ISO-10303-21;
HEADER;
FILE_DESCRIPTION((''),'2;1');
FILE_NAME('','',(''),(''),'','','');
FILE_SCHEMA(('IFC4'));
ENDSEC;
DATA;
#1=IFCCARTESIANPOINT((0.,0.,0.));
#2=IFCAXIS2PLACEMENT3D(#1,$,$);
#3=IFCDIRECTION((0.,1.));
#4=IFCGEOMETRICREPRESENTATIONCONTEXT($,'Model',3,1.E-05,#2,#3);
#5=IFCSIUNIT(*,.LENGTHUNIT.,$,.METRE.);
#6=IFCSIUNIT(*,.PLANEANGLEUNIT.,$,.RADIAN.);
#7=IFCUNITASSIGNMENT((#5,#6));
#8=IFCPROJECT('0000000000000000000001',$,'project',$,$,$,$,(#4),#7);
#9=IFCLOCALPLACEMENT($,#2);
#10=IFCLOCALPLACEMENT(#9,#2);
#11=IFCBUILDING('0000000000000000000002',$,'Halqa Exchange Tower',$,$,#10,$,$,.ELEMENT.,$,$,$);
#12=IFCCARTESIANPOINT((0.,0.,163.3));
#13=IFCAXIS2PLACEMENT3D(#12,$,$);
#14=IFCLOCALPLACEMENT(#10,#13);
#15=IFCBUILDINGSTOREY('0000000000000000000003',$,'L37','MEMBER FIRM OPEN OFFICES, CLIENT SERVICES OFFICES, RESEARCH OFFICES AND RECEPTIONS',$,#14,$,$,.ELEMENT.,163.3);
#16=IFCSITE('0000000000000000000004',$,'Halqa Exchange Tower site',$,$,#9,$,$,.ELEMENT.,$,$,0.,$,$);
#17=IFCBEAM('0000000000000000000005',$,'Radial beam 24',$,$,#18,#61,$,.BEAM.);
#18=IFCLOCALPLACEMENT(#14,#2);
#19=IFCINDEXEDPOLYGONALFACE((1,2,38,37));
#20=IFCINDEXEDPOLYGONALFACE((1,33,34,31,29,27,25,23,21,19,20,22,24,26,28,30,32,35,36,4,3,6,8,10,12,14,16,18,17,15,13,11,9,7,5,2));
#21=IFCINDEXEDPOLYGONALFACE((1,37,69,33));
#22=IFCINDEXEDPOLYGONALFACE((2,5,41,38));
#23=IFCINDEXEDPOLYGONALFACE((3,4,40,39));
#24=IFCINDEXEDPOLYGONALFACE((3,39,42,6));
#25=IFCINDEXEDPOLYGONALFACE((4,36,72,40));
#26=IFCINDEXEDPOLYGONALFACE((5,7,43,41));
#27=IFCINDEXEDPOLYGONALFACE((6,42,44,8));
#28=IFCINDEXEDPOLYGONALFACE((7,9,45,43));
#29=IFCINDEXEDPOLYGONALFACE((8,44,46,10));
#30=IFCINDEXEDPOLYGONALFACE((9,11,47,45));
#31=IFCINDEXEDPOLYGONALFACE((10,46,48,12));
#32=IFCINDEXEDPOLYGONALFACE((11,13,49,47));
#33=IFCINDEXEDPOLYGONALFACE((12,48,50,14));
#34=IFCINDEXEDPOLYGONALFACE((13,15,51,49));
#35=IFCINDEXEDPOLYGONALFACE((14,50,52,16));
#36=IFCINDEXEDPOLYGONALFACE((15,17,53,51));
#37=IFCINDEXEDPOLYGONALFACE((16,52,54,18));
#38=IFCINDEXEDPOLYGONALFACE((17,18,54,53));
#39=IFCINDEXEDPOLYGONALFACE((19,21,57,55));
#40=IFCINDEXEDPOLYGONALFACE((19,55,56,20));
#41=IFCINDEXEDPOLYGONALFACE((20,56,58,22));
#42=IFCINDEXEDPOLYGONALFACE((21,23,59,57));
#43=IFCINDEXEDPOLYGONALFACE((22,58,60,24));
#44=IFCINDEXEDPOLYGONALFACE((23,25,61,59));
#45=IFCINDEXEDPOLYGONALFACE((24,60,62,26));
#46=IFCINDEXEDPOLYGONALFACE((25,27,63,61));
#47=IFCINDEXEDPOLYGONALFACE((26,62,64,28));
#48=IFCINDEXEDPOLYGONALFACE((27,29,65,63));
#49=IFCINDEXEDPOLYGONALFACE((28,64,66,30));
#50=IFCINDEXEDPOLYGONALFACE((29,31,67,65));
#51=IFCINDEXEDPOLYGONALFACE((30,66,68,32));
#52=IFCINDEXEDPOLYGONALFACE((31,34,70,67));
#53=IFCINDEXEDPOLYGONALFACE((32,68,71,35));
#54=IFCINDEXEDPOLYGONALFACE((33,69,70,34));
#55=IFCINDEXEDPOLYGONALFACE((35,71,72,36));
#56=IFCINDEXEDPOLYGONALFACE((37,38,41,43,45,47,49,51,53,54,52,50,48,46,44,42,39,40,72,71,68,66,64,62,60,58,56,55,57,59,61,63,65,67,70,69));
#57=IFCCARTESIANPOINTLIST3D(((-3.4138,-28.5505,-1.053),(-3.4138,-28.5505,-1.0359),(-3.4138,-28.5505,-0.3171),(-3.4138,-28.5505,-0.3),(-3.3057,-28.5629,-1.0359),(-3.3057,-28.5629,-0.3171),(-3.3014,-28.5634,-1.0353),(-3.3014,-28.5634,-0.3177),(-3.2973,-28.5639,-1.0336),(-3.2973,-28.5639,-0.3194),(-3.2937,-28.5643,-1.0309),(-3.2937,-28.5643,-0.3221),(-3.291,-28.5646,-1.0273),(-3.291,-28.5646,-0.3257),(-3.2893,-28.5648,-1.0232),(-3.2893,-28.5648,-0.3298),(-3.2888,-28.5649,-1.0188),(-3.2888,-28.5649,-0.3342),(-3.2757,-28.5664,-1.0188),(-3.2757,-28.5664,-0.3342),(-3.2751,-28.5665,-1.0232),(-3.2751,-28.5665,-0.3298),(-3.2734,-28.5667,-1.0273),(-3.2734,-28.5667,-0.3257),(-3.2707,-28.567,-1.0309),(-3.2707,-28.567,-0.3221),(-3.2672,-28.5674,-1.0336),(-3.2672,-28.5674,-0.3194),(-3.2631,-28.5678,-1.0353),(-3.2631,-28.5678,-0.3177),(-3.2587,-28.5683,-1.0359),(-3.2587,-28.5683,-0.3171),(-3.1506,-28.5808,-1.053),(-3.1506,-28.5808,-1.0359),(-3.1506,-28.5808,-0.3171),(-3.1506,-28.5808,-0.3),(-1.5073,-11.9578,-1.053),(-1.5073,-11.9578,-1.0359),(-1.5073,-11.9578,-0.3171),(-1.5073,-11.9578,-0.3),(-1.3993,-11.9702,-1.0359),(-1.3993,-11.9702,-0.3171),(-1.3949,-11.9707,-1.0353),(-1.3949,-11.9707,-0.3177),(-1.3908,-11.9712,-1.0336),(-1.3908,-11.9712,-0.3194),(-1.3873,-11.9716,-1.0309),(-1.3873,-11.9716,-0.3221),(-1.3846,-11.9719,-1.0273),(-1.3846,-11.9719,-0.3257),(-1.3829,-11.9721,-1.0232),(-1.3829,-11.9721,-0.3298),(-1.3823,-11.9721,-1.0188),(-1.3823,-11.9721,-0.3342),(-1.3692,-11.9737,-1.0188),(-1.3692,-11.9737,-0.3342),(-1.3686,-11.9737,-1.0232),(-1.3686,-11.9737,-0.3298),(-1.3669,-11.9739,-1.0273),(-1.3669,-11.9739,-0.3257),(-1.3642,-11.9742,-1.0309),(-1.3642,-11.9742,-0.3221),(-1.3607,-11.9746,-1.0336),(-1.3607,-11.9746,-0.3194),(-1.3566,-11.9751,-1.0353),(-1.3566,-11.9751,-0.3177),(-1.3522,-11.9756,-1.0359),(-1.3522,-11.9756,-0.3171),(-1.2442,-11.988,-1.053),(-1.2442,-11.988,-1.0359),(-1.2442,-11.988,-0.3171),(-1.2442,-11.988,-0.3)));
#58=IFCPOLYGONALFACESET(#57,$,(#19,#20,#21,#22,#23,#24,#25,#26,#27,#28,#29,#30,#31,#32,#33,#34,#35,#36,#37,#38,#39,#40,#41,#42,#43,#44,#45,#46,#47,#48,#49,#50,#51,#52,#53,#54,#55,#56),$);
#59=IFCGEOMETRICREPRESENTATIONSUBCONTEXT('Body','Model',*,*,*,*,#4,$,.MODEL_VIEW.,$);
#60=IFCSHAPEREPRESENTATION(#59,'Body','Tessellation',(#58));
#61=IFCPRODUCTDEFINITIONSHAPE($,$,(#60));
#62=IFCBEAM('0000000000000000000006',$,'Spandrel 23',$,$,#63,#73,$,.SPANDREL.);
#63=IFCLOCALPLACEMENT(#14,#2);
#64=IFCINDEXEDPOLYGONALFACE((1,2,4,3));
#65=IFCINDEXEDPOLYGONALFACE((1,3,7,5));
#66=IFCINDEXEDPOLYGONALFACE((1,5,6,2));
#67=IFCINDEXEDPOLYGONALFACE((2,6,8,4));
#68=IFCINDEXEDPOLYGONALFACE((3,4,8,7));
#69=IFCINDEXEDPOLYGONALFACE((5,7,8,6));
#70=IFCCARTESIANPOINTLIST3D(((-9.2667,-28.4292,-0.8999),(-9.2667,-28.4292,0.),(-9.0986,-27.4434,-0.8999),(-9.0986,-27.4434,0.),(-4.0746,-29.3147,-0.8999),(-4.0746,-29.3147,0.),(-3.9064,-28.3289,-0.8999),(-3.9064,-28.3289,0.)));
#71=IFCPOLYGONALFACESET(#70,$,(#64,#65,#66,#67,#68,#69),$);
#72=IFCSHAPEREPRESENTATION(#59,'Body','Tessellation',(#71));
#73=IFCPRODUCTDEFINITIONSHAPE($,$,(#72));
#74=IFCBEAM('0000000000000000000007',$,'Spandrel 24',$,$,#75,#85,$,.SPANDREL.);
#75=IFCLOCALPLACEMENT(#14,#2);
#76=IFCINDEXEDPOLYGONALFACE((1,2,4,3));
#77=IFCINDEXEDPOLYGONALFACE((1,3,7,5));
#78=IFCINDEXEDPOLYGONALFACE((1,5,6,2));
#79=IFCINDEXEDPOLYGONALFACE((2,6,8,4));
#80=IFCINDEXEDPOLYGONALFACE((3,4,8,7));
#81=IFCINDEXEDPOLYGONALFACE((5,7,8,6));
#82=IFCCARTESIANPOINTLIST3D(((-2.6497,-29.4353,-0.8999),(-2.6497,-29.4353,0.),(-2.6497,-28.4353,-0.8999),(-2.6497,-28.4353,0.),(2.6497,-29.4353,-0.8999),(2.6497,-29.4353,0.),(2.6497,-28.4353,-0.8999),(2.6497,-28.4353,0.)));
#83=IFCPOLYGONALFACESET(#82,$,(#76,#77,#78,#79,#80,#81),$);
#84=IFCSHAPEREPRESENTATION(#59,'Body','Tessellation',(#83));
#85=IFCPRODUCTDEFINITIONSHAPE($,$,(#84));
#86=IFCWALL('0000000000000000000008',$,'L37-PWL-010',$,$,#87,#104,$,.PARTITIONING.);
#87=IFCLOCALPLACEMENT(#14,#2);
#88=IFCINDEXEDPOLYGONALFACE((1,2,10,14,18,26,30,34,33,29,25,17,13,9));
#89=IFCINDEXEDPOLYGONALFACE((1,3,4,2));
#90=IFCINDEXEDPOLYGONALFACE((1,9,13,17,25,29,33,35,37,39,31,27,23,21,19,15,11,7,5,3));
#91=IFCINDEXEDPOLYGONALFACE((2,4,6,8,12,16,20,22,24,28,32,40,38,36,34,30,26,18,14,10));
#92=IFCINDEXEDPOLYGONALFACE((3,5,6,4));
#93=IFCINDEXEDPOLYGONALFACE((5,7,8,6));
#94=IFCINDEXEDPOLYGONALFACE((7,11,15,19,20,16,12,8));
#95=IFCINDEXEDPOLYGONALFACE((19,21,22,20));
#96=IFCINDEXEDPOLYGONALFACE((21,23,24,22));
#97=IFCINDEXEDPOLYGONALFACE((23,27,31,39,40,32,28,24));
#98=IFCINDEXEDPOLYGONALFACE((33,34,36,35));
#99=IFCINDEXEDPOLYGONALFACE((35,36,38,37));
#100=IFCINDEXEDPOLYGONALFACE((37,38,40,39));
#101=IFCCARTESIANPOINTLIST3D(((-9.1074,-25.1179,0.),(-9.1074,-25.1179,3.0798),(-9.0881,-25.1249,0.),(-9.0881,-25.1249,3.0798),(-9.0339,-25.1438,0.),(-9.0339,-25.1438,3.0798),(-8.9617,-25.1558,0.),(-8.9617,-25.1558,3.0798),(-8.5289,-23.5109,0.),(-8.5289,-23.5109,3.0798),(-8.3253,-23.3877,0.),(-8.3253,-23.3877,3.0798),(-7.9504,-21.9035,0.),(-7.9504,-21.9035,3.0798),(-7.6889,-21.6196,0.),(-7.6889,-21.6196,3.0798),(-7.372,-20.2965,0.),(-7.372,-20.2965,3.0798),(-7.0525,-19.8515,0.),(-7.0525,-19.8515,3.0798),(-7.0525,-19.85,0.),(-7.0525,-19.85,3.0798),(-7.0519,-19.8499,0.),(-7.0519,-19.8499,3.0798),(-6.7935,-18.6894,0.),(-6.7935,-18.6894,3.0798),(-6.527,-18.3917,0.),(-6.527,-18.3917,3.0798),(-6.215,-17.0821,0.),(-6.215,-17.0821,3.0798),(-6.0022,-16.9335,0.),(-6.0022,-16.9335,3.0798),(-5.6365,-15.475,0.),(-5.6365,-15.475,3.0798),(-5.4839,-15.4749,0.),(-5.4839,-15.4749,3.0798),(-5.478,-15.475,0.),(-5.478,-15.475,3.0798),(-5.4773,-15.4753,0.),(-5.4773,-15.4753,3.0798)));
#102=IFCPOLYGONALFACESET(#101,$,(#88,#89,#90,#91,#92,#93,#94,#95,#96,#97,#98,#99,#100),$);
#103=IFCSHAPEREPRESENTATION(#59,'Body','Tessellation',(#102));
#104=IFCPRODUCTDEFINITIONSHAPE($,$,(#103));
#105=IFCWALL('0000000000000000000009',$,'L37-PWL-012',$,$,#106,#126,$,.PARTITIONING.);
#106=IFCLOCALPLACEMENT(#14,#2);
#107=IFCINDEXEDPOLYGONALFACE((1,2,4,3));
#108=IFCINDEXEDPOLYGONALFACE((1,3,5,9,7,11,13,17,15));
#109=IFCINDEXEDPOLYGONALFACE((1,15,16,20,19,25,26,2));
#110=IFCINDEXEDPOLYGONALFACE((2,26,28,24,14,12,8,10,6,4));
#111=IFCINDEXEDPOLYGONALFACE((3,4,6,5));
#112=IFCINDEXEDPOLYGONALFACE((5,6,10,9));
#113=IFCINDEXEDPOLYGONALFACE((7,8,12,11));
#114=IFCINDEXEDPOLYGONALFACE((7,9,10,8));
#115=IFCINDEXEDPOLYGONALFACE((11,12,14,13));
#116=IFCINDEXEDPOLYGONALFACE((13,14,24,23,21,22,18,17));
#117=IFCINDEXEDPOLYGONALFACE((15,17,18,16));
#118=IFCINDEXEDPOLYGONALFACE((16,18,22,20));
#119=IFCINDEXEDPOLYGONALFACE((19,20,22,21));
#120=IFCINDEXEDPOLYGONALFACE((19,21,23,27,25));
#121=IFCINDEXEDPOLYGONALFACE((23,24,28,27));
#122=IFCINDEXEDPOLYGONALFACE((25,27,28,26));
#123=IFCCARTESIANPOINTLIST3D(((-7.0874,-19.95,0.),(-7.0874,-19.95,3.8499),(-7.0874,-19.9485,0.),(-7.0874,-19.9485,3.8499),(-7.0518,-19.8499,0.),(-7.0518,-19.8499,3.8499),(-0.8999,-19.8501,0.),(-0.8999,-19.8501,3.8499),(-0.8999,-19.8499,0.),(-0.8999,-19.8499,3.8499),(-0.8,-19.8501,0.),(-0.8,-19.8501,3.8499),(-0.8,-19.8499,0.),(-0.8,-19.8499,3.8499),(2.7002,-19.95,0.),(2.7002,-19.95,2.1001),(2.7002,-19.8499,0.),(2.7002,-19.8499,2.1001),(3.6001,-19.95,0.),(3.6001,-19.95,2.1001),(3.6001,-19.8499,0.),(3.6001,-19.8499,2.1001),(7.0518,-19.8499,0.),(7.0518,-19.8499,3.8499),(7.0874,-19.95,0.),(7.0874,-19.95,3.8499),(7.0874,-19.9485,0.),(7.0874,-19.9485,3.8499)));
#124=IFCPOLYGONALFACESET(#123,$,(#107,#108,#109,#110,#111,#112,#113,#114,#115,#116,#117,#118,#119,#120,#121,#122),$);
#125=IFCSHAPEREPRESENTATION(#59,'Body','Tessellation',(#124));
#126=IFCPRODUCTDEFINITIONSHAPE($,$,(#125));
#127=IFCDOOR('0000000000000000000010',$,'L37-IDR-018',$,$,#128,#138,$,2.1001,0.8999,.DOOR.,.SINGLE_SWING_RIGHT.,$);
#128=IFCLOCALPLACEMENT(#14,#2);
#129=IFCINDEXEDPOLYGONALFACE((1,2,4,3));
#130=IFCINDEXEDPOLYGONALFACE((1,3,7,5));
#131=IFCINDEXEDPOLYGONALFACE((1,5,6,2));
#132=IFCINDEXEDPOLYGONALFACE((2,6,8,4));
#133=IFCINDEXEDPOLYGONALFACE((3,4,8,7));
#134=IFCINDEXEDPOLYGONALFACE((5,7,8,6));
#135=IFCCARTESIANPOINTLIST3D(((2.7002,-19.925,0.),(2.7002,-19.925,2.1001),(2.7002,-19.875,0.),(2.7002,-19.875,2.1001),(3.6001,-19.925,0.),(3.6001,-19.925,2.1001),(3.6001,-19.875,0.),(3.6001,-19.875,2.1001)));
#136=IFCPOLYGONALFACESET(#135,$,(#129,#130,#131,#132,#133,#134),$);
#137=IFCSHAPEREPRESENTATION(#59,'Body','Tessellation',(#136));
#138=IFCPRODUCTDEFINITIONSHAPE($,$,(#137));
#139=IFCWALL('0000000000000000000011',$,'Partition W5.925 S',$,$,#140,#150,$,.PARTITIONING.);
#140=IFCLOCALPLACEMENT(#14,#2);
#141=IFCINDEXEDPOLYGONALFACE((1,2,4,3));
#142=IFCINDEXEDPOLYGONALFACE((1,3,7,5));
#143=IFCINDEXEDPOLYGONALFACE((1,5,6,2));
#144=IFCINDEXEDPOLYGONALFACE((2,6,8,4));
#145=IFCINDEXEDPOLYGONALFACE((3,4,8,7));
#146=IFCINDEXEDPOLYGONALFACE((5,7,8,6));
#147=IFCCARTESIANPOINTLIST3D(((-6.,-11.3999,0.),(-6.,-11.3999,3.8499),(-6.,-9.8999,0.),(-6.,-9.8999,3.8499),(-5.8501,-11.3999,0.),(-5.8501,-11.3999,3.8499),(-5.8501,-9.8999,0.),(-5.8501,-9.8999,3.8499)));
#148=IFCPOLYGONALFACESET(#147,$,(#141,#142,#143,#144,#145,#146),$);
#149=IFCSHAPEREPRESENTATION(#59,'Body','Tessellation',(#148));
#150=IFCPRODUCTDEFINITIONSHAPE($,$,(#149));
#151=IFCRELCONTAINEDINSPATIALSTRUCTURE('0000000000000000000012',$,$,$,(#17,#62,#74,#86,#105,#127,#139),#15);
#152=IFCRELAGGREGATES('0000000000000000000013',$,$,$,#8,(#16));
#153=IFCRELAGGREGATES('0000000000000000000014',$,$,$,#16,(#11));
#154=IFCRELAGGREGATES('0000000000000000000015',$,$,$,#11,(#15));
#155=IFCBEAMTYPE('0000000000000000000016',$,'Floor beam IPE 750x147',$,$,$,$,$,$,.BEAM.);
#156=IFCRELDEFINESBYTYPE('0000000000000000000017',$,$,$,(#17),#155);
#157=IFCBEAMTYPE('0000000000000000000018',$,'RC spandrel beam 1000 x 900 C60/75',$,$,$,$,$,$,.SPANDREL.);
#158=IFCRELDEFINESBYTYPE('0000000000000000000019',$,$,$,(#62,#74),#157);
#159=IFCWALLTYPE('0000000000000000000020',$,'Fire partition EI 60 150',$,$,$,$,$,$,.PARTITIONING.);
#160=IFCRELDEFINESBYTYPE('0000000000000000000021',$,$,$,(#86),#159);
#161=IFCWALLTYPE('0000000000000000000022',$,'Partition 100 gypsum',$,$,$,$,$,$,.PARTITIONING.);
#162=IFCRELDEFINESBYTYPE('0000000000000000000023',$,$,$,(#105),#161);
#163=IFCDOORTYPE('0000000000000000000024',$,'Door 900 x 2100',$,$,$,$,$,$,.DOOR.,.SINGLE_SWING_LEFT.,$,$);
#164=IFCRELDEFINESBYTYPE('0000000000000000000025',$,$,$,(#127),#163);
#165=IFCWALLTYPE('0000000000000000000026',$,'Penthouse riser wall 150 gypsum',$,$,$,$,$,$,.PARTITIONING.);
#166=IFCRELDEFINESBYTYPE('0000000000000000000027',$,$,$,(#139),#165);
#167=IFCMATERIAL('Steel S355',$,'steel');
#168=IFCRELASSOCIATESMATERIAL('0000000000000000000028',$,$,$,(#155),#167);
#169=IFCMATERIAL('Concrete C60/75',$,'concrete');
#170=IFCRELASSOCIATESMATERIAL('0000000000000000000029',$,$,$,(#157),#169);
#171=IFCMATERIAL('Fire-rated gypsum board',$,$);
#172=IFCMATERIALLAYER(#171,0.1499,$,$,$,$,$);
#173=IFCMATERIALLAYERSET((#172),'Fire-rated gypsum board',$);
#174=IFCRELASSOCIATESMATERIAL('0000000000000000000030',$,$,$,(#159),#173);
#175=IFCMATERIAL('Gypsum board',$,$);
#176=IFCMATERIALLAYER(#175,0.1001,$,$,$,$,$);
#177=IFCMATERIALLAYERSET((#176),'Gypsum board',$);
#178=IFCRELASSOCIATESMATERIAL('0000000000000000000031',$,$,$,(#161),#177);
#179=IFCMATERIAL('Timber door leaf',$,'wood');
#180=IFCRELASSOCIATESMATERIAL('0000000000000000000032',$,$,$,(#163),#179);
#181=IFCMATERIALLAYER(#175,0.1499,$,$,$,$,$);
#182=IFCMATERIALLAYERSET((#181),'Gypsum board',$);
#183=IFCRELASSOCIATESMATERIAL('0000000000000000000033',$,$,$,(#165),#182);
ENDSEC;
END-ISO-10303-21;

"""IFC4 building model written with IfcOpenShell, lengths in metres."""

from ifc_helpers import new_model, si_unit, direction, frame, frame_2d, origin, origin_2d, place, context, subcontext, project, spatial, polyline, rectangle, i_section, outline, extrude, material, layer, layer_set, material_profile, profile_set, type_object, element, fill, save


model = new_model("IFC4")

# Units and contexts
model_context = context("Model", 3, precision=1e-05, world=origin(), true_north=direction((0.0, 1.0)))
body_context = subcontext(model_context, "Body", "Model", "MODEL_VIEW")
ifc_project = project(units=[si_unit("LENGTHUNIT", "METRE"), si_unit("PLANEANGLEUNIT", "RADIAN")], contexts=[model_context])

# Site, building, storey
site_placement = place(None, origin())
site = spatial("IfcSite", under=ifc_project, at=site_placement, Name="Halqa Exchange Tower site", CompositionType="ELEMENT", RefElevation=0.0)
building_placement = place(site_placement, origin())
building = spatial("IfcBuilding", under=site, at=building_placement, Name="Halqa Exchange Tower", CompositionType="ELEMENT")
storey_placement = place(building_placement, frame((0.0, 0.0, 163.3)))
storey = spatial("IfcBuildingStorey", under=building, at=storey_placement, Name="L37", Description="MEMBER FIRM OPEN OFFICES, CLIENT SERVICES OFFICES, RESEARCH OFFICES AND RECEPTIONS", CompositionType="ELEMENT", Elevation=163.3)

# Beams
ifc_material_1 = material(Name="Steel S355", Category="steel")
ifc_material_profile_1 = material_profile(ifc_material_1, i_section(OverallWidth=0.2649, OverallDepth=0.7529, WebThickness=0.0132, FlangeThickness=0.0171, FilletRadius=0.0171, at=origin_2d()), Name="IPE 750x147")
ifc_profile_set_1 = profile_set([ifc_material_profile_1], Name="Steel S355")
beam_type_1 = type_object("IfcBeamType", Name="Floor beam IPE 750x147", PredefinedType="BEAM", material=ifc_profile_set_1)
beam_1_placement = place(storey_placement, frame((-1.3757, -11.9729, -0.6765), z_axis=(-0.114148, -0.993464, 0.0), x_axis=(0.993464, -0.114148, 0.0)))
element("IfcBeam", 1, at=beam_1_placement, inside=storey, type_object=beam_type_1, Name="Radial beam 24", PredefinedType="BEAM", context=body_context, shape_type="SweptSolid", body=[
    extrude(i_section(OverallWidth=0.2649, OverallDepth=0.7529, WebThickness=0.0132, FlangeThickness=0.0171, FilletRadius=0.0171, at=origin_2d()), origin(), (0.0, 0.0, 1.0), 16.7019),
])
ifc_material_2 = material(Name="Concrete C60/75", Category="concrete")
ifc_material_profile_2 = material_profile(ifc_material_2, rectangle(XDim=1.0, YDim=0.8999, at=origin_2d()), Name="1000 x 900")
ifc_profile_set_2 = profile_set([ifc_material_profile_2], Name="Concrete C60/75")
beam_type_2 = type_object("IfcBeamType", Name="RC spandrel beam 1000 x 900 C60/75", PredefinedType="SPANDREL", material=ifc_profile_set_2)
beam_2_placement = place(storey_placement, frame((-9.1826, -27.9363, -0.45), z_axis=(0.985767, -0.168119, 0.0), x_axis=(0.168119, 0.985767, 0.0)))
element("IfcBeam", 2, at=beam_2_placement, inside=storey, type_object=beam_type_2, Name="Spandrel 23", PredefinedType="SPANDREL", context=body_context, shape_type="SweptSolid", body=[
    extrude(rectangle(XDim=1.0, YDim=0.8999, at=origin_2d()), origin(), (0.0, 0.0, 1.0), 5.2671),
])
beam_3_placement = place(storey_placement, frame((-2.6497, -28.9353, -0.45), z_axis=(1.0, 0.0, 0.0), x_axis=(0.0, 1.0, 0.0)))
element("IfcBeam", 3, at=beam_3_placement, inside=storey, type_object=beam_type_2, Name="Spandrel 24", PredefinedType="SPANDREL", context=body_context, shape_type="SweptSolid", body=[
    extrude(rectangle(XDim=1.0, YDim=0.8999, at=origin_2d()), origin(), (0.0, 0.0, 1.0), 5.2993),
])

# Wall
ifc_material_3 = material(Name="Fire-rated gypsum board")
ifc_layer_1 = layer(ifc_material_3, 0.1499)
ifc_layer_set_1 = layer_set([ifc_layer_1], Name="Fire-rated gypsum board")
wall_type_1 = type_object("IfcWallType", Name="Fire partition EI 60 150", PredefinedType="PARTITIONING", material=ifc_layer_set_1)
wall_1_placement = place(storey_placement, frame((-9.0369, -25.1433, 0.0), z_axis=(0.0, 0.0, 1.0), x_axis=(0.338668, 0.940906, 0.0)))
element("IfcWall", 4, at=wall_1_placement, inside=storey, type_object=wall_type_1, Name="L37-PWL-010", PredefinedType="PARTITIONING", context=body_context, shape_type="SweptSolid", body=[
    extrude(outline(polyline([(0.0137, -0.075), (1.8928, -0.075), (3.772, -0.075), (5.6511, -0.075), (5.6526, -0.0745), (5.6528, -0.075), (7.2026, -0.075), (8.7524, -0.075), (10.3022, -0.075), (10.3022, -0.0742), (10.3003, -0.0686), (10.3003, -0.0686), (10.2485, 0.075), (8.5405, 0.075), (6.8323, 0.075), (5.1243, 0.075), (3.4163, 0.075), (1.708, 0.075), (0.0, 0.075), (0.0, 0.0544), (0.0005, -0.0029), (0.0137, -0.075)])), origin(), (0.0, 0.0, 1.0), 3.0798),
])

# Wall, opening, door
ifc_material_4 = material(Name="Gypsum board")
ifc_layer_2 = layer(ifc_material_4, 0.1001)
ifc_layer_set_2 = layer_set([ifc_layer_2], Name="Gypsum board")
wall_type_2 = type_object("IfcWallType", Name="Partition 100 gypsum", PredefinedType="PARTITIONING", material=ifc_layer_set_2)
wall_2_placement = place(storey_placement, frame((-7.0874, -19.8999, 0.0), z_axis=(0.0, 0.0, 1.0), x_axis=(1.0, 0.0, 0.0)))
wall_2 = element("IfcWall", 5, at=wall_2_placement, inside=storey, type_object=wall_type_2, Name="L37-PWL-012", PredefinedType="PARTITIONING", context=body_context, shape_type="SweptSolid", body=[
    extrude(outline(polyline([(14.1748, -0.05), (14.1748, -0.0486), (14.1392, 0.05), (12.1763, 0.05), (10.2134, 0.05), (8.2502, 0.05), (6.2874, 0.05), (6.2874, 0.0498), (6.1875, 0.0498), (6.1875, 0.05), (4.6494, 0.05), (3.1116, 0.05), (1.5735, 0.05), (0.0356, 0.05), (0.0, -0.0486), (0.0, -0.05), (1.772, -0.05), (3.5437, -0.05), (5.3154, -0.05), (7.0874, -0.05), (8.8594, -0.05), (10.6311, -0.05), (12.4028, -0.05), (14.1748, -0.05)])), origin(), (0.0, 0.0, 1.0), 3.8499),
])
opening_1_placement = place(wall_2_placement, frame((9.7876, 0.0, 0.0)))
opening_1 = element("IfcOpeningElement", 6, at=opening_1_placement, cuts=wall_2, PredefinedType="OPENING", context=body_context, shape_type="SweptSolid", body=[
    extrude(rectangle(XDim=0.8999, YDim=2.1001, at=frame_2d((0.45, 1.05))), frame((0.0, 0.062, 0.0), z_axis=(0.0, -1.0, 0.0), x_axis=(1.0, 0.0, 0.0)), (0.0, 0.0, 1.0), 0.124),
])
ifc_material_5 = material(Name="Timber door leaf", Category="wood")
door_type_1 = type_object("IfcDoorType", Name="Door 900 x 2100", OperationType="SINGLE_SWING_LEFT", PredefinedType="DOOR", material=ifc_material_5)
door_1_placement = place(opening_1_placement, origin())
door_1 = element("IfcDoor", 7, at=door_1_placement, inside=storey, type_object=door_type_1, Name="L37-IDR-018", OperationType="SINGLE_SWING_RIGHT", OverallHeight=2.1001, OverallWidth=0.8999, PredefinedType="DOOR", context=body_context, shape_type="SweptSolid", body=[
    extrude(rectangle(XDim=0.8999, YDim=2.1001, at=frame_2d((0.45, 1.05))), frame((0.0, 0.0249, 0.0), z_axis=(0.0, -1.0, 0.0), x_axis=(1.0, 0.0, 0.0)), (0.0, 0.0, 1.0), 0.05),
])
fill(opening_1, door_1)

# Wall
ifc_layer_3 = layer(ifc_material_4, 0.1499)
ifc_layer_set_3 = layer_set([ifc_layer_3], Name="Gypsum board")
wall_type_3 = type_object("IfcWallType", Name="Penthouse riser wall 150 gypsum", PredefinedType="PARTITIONING", material=ifc_layer_set_3)
wall_3_placement = place(storey_placement, frame((-5.925, -11.3999, 0.0), z_axis=(0.0, 0.0, 1.0), x_axis=(0.0, 1.0, 0.0)))
element("IfcWall", 8, at=wall_3_placement, inside=storey, type_object=wall_type_3, Name="Partition W5.925 S", PredefinedType="PARTITIONING", context=body_context, shape_type="SweptSolid", body=[
    extrude(rectangle(XDim=1.5, YDim=0.1499, at=frame_2d((0.75, 0.0))), origin(), (0.0, 0.0, 1.0), 3.8499),
])

save(model, "model.ifc")
